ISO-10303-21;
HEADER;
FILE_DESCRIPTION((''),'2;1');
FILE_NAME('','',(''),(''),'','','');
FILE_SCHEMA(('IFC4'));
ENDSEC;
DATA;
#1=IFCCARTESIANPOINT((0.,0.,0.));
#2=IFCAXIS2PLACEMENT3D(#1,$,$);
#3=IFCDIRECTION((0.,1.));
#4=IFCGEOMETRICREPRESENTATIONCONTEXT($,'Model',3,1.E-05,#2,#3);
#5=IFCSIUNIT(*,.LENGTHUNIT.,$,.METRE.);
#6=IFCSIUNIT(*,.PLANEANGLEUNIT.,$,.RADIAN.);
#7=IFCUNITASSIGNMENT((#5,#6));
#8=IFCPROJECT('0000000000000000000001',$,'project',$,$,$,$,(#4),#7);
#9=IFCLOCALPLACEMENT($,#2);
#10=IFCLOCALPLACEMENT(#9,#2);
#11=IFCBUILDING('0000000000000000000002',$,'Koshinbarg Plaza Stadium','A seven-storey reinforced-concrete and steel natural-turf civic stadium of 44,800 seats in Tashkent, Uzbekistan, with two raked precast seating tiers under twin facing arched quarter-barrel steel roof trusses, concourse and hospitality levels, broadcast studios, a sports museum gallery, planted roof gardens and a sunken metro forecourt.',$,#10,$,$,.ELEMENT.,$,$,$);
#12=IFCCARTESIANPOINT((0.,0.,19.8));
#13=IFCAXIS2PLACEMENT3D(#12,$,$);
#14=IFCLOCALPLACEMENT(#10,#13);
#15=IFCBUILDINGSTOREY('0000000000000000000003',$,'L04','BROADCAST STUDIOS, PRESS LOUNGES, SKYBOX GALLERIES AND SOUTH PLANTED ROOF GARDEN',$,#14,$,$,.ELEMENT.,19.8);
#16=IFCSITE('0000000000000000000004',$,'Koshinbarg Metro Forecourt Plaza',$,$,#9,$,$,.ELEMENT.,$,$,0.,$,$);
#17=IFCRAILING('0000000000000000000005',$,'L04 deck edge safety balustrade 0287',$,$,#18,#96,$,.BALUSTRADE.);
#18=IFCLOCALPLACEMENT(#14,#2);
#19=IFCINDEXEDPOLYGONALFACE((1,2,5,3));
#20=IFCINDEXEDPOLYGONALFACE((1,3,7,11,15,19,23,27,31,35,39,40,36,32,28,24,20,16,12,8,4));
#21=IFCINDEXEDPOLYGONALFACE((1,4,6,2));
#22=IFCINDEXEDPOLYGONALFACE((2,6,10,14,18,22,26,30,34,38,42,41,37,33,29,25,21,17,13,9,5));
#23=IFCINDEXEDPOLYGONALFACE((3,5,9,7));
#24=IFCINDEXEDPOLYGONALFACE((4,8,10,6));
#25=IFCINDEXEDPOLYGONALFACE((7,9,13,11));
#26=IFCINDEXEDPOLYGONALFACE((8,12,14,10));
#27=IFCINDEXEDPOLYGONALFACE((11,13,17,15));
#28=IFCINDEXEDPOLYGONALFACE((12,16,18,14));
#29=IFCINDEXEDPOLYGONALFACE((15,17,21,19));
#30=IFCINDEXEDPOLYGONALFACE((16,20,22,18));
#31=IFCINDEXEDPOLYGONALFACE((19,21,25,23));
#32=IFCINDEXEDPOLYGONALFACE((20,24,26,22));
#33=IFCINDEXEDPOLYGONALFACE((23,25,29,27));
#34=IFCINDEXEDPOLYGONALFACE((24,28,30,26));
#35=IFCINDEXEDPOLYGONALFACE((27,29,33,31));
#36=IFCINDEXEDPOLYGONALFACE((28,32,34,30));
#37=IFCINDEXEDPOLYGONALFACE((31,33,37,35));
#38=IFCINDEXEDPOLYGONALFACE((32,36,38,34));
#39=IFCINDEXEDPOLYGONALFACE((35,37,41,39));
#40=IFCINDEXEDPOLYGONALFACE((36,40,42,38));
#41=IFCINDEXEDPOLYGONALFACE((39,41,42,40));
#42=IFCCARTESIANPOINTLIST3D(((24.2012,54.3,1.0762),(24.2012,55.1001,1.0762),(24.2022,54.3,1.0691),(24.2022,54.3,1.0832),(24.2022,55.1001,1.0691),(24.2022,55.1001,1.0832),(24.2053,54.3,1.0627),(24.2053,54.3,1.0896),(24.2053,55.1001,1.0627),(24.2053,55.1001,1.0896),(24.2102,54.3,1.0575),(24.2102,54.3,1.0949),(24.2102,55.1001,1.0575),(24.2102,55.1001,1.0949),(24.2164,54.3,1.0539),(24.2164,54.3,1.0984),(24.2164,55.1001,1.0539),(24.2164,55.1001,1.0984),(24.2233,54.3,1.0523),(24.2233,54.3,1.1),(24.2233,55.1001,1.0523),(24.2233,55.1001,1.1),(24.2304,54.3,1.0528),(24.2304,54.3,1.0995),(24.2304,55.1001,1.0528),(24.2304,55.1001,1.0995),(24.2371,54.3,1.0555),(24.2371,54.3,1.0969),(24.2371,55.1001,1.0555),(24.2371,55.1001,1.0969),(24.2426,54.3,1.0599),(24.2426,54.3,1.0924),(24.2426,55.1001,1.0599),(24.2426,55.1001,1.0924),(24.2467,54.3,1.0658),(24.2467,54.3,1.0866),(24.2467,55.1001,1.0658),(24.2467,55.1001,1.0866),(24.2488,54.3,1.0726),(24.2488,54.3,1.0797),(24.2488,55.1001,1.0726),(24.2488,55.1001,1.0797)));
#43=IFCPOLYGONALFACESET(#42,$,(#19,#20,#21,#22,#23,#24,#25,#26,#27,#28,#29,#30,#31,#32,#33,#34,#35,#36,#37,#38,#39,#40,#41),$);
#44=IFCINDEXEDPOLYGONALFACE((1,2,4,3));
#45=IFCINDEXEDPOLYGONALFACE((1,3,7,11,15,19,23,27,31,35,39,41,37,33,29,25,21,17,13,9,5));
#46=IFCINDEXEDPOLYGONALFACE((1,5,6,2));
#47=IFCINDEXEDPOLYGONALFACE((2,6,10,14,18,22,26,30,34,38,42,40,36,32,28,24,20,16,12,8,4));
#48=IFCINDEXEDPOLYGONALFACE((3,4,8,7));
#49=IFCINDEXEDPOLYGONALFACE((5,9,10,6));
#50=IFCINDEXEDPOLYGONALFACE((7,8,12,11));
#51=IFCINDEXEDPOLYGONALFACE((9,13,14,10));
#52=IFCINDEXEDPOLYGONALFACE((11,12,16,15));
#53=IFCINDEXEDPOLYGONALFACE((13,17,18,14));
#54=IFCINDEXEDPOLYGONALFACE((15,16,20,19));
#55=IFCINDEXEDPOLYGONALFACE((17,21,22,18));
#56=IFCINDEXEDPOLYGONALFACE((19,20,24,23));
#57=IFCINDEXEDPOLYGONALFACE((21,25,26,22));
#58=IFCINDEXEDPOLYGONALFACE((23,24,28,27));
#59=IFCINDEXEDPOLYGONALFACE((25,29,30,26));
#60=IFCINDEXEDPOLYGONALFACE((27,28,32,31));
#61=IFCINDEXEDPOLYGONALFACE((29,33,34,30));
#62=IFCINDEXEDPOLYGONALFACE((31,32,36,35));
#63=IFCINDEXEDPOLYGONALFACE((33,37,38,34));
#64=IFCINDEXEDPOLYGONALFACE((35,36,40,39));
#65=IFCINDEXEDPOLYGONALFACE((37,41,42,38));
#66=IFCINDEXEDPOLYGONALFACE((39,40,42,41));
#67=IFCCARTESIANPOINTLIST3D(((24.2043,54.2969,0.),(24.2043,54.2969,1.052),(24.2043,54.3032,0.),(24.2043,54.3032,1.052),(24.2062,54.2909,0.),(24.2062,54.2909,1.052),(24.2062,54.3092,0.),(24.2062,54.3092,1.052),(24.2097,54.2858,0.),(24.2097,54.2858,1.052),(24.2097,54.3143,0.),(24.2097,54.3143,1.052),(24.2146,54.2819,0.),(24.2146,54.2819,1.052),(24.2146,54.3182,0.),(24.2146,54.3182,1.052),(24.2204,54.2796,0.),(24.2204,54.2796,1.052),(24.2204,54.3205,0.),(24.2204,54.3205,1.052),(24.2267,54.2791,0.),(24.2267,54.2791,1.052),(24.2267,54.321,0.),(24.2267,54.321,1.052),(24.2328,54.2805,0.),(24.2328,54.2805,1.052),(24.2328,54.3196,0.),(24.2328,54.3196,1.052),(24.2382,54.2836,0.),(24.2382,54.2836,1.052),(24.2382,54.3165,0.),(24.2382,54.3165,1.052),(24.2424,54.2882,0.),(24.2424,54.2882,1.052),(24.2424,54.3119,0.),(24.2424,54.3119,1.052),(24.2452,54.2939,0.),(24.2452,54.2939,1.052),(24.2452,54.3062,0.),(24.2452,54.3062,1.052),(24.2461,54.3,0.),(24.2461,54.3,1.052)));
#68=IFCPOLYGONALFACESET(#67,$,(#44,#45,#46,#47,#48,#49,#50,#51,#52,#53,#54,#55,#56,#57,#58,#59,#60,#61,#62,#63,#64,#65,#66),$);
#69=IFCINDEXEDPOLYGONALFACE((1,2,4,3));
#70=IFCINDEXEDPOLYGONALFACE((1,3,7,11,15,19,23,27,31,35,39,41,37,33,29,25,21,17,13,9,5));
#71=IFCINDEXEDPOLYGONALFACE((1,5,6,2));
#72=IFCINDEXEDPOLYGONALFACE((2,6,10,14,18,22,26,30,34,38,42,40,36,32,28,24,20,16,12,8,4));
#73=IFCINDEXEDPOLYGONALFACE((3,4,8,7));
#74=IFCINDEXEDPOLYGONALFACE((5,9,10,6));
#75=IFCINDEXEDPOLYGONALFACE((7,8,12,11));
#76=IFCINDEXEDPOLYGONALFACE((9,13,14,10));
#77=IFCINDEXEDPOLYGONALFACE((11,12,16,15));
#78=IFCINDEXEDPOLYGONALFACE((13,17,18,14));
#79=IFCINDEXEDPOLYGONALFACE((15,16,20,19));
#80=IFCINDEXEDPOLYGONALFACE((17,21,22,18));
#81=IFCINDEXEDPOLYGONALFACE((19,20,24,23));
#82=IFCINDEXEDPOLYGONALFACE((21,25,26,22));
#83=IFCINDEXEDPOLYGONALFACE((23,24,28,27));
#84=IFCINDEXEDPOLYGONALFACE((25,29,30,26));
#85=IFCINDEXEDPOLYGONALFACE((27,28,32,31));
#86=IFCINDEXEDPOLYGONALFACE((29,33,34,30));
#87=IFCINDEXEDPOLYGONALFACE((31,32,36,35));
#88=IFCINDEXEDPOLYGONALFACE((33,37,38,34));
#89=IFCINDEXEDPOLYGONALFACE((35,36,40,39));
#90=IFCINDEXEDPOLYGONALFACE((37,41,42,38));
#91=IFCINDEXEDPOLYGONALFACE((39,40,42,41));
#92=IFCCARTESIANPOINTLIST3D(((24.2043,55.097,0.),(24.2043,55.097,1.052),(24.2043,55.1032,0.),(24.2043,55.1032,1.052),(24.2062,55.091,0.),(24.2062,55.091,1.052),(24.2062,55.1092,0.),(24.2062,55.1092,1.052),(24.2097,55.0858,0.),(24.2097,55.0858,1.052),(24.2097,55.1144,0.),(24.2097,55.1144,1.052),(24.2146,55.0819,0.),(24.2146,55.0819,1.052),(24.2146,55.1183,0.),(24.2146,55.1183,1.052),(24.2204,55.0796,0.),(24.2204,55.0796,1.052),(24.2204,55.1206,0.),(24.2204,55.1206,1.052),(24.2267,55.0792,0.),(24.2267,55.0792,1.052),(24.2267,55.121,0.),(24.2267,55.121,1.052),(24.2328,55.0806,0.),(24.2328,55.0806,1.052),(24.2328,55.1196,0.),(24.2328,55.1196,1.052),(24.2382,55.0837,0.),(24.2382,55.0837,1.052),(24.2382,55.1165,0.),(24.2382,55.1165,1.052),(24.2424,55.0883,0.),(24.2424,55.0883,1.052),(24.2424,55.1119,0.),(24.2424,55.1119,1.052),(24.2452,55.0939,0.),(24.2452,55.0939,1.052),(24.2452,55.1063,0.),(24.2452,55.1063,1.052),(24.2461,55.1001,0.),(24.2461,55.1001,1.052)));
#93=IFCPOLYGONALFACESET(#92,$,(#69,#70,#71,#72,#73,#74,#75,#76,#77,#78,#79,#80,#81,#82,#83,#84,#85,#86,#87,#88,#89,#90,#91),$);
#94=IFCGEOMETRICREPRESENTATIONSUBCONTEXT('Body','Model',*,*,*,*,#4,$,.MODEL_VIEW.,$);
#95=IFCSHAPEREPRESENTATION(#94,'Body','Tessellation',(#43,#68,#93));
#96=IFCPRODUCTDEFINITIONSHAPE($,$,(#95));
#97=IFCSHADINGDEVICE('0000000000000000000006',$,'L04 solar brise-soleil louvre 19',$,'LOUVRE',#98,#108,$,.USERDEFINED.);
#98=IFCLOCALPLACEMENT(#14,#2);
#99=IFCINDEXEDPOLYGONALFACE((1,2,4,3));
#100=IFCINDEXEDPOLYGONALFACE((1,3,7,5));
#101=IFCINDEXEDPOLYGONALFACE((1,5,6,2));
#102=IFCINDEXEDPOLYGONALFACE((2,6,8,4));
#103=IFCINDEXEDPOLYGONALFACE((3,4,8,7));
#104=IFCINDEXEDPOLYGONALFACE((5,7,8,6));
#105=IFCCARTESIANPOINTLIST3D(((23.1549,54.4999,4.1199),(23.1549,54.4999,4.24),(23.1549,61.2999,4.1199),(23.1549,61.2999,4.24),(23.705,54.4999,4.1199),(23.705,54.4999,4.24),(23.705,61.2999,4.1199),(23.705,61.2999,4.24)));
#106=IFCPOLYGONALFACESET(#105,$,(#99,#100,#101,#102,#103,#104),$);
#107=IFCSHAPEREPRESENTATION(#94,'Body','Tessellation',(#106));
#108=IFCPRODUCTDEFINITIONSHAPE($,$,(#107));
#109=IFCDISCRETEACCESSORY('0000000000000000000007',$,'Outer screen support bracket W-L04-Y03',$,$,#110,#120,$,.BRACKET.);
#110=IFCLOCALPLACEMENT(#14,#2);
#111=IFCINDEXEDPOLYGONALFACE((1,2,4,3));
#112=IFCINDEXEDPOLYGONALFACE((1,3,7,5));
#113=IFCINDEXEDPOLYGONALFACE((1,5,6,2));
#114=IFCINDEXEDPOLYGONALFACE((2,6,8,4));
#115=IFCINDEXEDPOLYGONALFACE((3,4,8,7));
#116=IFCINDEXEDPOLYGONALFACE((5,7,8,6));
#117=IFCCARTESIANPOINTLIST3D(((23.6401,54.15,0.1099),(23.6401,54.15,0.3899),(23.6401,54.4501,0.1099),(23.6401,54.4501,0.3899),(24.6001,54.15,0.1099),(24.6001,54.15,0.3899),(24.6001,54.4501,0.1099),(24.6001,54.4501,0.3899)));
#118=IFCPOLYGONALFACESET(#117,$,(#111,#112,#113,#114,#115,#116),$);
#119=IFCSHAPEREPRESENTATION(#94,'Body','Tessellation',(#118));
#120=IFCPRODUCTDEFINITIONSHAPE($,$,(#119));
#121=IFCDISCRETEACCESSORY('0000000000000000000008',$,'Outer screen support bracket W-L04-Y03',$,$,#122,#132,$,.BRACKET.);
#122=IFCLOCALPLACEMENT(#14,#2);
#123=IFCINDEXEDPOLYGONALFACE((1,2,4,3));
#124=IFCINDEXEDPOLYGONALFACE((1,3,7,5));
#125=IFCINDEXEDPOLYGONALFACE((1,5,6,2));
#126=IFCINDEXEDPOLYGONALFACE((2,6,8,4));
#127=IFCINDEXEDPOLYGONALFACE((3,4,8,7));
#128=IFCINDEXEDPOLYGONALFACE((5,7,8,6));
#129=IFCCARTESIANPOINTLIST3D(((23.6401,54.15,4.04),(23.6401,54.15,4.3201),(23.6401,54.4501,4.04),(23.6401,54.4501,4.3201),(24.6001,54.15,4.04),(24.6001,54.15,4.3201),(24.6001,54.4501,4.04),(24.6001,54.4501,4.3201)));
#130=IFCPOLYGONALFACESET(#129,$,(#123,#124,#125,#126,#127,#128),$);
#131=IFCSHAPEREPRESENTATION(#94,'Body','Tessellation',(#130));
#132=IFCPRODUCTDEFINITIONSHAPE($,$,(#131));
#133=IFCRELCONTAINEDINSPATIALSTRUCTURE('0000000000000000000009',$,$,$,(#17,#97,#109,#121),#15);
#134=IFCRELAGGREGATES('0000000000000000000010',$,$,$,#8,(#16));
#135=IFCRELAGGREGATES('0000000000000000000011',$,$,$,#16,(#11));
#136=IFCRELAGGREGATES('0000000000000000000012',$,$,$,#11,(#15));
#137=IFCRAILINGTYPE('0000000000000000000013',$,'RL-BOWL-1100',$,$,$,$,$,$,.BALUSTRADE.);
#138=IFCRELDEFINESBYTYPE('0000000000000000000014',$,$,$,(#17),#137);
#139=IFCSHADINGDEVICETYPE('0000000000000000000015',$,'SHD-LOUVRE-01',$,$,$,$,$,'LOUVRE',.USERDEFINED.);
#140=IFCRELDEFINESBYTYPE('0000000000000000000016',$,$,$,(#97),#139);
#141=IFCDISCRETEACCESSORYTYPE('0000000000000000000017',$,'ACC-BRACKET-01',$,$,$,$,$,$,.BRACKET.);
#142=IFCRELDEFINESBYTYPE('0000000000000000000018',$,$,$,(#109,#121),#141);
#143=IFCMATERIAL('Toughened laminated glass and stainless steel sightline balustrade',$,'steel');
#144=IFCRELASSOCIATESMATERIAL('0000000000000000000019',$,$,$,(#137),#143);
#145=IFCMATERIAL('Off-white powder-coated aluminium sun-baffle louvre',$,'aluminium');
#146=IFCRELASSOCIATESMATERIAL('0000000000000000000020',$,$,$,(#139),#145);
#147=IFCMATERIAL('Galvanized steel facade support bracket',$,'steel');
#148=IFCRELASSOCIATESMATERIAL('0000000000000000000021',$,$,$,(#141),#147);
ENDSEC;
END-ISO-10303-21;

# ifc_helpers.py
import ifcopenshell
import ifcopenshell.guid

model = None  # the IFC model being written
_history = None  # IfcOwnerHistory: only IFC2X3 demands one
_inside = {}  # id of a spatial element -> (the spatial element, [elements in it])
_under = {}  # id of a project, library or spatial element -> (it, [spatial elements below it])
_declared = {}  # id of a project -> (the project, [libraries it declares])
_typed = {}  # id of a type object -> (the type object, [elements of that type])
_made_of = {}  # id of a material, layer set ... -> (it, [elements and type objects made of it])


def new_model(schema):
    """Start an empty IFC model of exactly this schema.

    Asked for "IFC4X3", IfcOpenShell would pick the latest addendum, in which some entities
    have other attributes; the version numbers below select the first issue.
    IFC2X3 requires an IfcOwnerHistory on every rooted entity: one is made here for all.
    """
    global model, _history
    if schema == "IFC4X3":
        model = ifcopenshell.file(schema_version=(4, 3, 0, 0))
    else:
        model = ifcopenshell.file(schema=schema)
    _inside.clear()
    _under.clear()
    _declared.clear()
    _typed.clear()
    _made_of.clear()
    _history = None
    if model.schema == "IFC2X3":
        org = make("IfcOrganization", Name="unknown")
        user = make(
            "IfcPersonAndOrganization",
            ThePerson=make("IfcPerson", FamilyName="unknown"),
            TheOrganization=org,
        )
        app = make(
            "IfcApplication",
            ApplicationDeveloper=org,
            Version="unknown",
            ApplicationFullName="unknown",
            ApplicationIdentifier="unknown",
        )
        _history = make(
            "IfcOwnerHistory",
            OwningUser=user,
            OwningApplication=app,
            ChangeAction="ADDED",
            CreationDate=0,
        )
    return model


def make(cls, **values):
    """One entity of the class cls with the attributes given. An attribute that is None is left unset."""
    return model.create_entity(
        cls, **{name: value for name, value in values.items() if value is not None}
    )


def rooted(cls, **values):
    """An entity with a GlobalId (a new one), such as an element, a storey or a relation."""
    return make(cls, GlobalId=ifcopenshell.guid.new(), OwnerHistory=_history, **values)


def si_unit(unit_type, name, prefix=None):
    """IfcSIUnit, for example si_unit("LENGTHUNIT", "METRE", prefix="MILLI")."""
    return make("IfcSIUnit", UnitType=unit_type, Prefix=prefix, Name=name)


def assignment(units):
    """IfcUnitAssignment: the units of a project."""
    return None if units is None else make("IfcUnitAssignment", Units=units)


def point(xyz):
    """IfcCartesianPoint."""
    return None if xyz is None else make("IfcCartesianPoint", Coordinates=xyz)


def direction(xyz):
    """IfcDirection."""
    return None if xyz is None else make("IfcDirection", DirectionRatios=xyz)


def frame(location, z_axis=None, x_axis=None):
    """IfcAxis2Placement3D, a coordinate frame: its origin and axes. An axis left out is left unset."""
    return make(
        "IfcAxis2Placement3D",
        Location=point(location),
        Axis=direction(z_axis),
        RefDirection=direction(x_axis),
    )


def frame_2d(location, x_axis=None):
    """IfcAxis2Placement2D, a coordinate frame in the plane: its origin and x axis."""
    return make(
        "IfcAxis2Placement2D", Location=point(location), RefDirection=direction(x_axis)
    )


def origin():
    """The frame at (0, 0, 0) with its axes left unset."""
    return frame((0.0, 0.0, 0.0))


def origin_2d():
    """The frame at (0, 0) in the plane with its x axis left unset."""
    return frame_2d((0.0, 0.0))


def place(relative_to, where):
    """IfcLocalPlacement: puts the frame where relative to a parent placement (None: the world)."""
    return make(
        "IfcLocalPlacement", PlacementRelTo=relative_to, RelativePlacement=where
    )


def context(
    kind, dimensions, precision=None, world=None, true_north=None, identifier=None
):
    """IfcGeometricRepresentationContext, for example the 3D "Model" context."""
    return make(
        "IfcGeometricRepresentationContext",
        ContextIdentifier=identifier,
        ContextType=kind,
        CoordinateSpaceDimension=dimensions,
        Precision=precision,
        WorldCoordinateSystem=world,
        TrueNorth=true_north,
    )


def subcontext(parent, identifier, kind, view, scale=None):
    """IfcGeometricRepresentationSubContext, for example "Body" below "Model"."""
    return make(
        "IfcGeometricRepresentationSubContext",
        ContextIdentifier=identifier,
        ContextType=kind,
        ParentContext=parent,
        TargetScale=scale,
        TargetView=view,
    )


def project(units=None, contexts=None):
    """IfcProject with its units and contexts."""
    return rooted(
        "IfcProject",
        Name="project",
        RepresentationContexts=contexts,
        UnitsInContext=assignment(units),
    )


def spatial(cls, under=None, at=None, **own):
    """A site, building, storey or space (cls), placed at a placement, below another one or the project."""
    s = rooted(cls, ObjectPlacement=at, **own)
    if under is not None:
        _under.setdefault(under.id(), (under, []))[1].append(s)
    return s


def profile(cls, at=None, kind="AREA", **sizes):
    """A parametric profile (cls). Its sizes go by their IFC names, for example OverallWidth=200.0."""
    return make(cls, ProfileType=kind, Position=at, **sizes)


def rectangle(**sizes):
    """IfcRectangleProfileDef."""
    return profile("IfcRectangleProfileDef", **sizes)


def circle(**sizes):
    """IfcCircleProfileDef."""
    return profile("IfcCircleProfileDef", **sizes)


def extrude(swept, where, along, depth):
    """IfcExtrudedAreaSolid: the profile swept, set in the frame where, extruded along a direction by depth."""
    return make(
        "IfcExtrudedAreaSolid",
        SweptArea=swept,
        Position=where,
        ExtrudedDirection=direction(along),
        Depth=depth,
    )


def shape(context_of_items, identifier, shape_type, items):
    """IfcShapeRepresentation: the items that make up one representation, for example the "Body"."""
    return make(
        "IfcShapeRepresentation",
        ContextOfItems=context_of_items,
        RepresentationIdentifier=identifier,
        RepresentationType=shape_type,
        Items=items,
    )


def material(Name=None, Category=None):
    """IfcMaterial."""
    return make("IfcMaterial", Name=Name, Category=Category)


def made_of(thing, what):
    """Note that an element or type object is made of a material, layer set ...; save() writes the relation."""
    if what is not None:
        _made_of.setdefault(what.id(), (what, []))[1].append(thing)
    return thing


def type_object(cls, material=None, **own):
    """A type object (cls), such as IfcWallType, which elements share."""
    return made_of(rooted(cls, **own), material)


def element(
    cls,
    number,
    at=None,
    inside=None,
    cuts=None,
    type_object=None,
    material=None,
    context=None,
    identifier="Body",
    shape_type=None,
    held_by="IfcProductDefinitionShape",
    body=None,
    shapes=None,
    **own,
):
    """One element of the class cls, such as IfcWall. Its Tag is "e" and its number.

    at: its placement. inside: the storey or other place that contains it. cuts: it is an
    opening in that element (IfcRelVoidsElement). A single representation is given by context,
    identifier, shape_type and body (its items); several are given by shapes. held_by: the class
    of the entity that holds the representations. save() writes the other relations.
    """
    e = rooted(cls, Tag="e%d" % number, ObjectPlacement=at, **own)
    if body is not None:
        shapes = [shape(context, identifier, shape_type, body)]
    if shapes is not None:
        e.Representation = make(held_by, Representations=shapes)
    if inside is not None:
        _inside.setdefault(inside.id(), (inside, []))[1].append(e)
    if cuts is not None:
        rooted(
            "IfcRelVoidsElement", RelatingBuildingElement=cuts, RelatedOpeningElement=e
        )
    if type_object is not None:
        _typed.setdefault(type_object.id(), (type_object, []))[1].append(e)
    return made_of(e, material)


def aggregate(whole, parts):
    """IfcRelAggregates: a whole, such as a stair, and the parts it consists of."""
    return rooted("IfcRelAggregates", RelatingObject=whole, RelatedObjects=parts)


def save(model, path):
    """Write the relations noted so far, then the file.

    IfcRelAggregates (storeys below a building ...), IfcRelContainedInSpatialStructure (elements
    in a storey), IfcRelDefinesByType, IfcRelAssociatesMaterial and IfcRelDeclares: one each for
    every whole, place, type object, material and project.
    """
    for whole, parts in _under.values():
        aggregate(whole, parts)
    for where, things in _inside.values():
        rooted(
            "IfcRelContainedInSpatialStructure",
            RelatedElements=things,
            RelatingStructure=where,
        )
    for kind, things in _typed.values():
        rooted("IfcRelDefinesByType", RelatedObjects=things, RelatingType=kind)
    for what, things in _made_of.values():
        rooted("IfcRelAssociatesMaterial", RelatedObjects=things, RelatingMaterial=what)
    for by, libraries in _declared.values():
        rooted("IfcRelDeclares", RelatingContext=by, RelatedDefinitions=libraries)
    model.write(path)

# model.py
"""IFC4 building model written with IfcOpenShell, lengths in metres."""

from ifc_helpers import new_model, si_unit, direction, frame, origin, origin_2d, place, context, subcontext, project, spatial, rectangle, circle, extrude, material, type_object, element, save


model = new_model("IFC4")

# Units and contexts
model_context = context("Model", 3, precision=1e-05, world=origin(), true_north=direction((0.0, 1.0)))
body_context = subcontext(model_context, "Body", "Model", "MODEL_VIEW")
ifc_project = project(units=[si_unit("LENGTHUNIT", "METRE"), si_unit("PLANEANGLEUNIT", "RADIAN")], contexts=[model_context])

# Site, building, storey
site_placement = place(None, origin())
site = spatial("IfcSite", under=ifc_project, at=site_placement, Name="Koshinbarg Metro Forecourt Plaza", CompositionType="ELEMENT", RefElevation=0.0)
building_placement = place(site_placement, origin())
building = spatial("IfcBuilding", under=site, at=building_placement, Name="Koshinbarg Plaza Stadium", Description="A seven-storey reinforced-concrete and steel natural-turf civic stadium of 44,800 seats in Tashkent, Uzbekistan, with two raked precast seating tiers under twin facing arched quarter-barrel steel roof trusses, concourse and hospitality levels, broadcast studios, a sports museum gallery, planted roof gardens and a sunken metro forecourt.", CompositionType="ELEMENT")
storey_placement = place(building_placement, frame((0.0, 0.0, 19.8)))
storey = spatial("IfcBuildingStorey", under=building, at=storey_placement, Name="L04", Description="BROADCAST STUDIOS, PRESS LOUNGES, SKYBOX GALLERIES AND SOUTH PLANTED ROOF GARDEN", CompositionType="ELEMENT", Elevation=19.8)

# Railing
ifc_material_1 = material(Name="Toughened laminated glass and stainless steel sightline balustrade", Category="steel")
railing_type = type_object("IfcRailingType", Name="RL-BOWL-1100", PredefinedType="BALUSTRADE", material=ifc_material_1)
railing_1_placement = place(storey_placement, frame((24.2251, 54.3, 0.0)))
element("IfcRailing", 1, at=railing_1_placement, inside=storey, type_object=railing_type, Name="L04 deck edge safety balustrade 0287", PredefinedType="BALUSTRADE", context=body_context, shape_type="SweptSolid", body=[
    extrude(circle(Radius=0.0239, at=origin_2d()), frame((0.0, 0.0, 1.0762), z_axis=(0.0, 1.0, 0.0), x_axis=(-1.0, 0.0, 0.0)), (0.0, 0.0, 1.0), 0.8),
    extrude(circle(Radius=0.021, at=origin_2d()), origin(), (0.0, 0.0, 1.0), 1.052),
    extrude(circle(Radius=0.021, at=origin_2d()), frame((0.0, 0.8, 0.0)), (0.0, 0.0, 1.0), 1.052),
])

# Shading device
ifc_material_2 = material(Name="Off-white powder-coated aluminium sun-baffle louvre", Category="aluminium")
shading_device_type = type_object("IfcShadingDeviceType", Name="SHD-LOUVRE-01", ElementType="LOUVRE", PredefinedType="USERDEFINED", material=ifc_material_2)
shading_device_placement = place(storey_placement, frame((23.4299, 57.8999, 4.1199), z_axis=(0.0, 0.0, 1.0), x_axis=(1.0, 0.0, 0.0)))
element("IfcShadingDevice", 2, at=shading_device_placement, inside=storey, type_object=shading_device_type, Name="L04 solar brise-soleil louvre 19", ObjectType="LOUVRE", PredefinedType="USERDEFINED", context=body_context, shape_type="SweptSolid", body=[
    extrude(rectangle(XDim=0.55, YDim=6.8, at=origin_2d()), origin(), (0.0, 0.0, 1.0), 0.1201),
])

# Discrete accessories
ifc_material_3 = material(Name="Galvanized steel facade support bracket", Category="steel")
discrete_accessory_type = type_object("IfcDiscreteAccessoryType", Name="ACC-BRACKET-01", PredefinedType="BRACKET", material=ifc_material_3)
for number, where, z_axis, x_axis, name in (
    (3, (24.1201, 54.3, 0.1099), (0.0, 0.0, 1.0), (1.0, 0.0, 0.0), "Outer screen support bracket W-L04-Y03"),
    (4, (24.1201, 54.3, 4.04), (0.0, 0.0, 1.0), (1.0, 0.0, 0.0), "Outer screen support bracket W-L04-Y03"),
):
    element("IfcDiscreteAccessory", number, at=place(storey_placement, frame(where, z_axis=z_axis, x_axis=x_axis)), inside=storey, type_object=discrete_accessory_type, Name=name, PredefinedType="BRACKET", context=body_context, shape_type="SweptSolid", body=[
        extrude(rectangle(XDim=0.96, YDim=0.3, at=origin_2d()), origin(), (0.0, 0.0, 1.0), 0.28),
    ])

save(model, "model.ifc")
